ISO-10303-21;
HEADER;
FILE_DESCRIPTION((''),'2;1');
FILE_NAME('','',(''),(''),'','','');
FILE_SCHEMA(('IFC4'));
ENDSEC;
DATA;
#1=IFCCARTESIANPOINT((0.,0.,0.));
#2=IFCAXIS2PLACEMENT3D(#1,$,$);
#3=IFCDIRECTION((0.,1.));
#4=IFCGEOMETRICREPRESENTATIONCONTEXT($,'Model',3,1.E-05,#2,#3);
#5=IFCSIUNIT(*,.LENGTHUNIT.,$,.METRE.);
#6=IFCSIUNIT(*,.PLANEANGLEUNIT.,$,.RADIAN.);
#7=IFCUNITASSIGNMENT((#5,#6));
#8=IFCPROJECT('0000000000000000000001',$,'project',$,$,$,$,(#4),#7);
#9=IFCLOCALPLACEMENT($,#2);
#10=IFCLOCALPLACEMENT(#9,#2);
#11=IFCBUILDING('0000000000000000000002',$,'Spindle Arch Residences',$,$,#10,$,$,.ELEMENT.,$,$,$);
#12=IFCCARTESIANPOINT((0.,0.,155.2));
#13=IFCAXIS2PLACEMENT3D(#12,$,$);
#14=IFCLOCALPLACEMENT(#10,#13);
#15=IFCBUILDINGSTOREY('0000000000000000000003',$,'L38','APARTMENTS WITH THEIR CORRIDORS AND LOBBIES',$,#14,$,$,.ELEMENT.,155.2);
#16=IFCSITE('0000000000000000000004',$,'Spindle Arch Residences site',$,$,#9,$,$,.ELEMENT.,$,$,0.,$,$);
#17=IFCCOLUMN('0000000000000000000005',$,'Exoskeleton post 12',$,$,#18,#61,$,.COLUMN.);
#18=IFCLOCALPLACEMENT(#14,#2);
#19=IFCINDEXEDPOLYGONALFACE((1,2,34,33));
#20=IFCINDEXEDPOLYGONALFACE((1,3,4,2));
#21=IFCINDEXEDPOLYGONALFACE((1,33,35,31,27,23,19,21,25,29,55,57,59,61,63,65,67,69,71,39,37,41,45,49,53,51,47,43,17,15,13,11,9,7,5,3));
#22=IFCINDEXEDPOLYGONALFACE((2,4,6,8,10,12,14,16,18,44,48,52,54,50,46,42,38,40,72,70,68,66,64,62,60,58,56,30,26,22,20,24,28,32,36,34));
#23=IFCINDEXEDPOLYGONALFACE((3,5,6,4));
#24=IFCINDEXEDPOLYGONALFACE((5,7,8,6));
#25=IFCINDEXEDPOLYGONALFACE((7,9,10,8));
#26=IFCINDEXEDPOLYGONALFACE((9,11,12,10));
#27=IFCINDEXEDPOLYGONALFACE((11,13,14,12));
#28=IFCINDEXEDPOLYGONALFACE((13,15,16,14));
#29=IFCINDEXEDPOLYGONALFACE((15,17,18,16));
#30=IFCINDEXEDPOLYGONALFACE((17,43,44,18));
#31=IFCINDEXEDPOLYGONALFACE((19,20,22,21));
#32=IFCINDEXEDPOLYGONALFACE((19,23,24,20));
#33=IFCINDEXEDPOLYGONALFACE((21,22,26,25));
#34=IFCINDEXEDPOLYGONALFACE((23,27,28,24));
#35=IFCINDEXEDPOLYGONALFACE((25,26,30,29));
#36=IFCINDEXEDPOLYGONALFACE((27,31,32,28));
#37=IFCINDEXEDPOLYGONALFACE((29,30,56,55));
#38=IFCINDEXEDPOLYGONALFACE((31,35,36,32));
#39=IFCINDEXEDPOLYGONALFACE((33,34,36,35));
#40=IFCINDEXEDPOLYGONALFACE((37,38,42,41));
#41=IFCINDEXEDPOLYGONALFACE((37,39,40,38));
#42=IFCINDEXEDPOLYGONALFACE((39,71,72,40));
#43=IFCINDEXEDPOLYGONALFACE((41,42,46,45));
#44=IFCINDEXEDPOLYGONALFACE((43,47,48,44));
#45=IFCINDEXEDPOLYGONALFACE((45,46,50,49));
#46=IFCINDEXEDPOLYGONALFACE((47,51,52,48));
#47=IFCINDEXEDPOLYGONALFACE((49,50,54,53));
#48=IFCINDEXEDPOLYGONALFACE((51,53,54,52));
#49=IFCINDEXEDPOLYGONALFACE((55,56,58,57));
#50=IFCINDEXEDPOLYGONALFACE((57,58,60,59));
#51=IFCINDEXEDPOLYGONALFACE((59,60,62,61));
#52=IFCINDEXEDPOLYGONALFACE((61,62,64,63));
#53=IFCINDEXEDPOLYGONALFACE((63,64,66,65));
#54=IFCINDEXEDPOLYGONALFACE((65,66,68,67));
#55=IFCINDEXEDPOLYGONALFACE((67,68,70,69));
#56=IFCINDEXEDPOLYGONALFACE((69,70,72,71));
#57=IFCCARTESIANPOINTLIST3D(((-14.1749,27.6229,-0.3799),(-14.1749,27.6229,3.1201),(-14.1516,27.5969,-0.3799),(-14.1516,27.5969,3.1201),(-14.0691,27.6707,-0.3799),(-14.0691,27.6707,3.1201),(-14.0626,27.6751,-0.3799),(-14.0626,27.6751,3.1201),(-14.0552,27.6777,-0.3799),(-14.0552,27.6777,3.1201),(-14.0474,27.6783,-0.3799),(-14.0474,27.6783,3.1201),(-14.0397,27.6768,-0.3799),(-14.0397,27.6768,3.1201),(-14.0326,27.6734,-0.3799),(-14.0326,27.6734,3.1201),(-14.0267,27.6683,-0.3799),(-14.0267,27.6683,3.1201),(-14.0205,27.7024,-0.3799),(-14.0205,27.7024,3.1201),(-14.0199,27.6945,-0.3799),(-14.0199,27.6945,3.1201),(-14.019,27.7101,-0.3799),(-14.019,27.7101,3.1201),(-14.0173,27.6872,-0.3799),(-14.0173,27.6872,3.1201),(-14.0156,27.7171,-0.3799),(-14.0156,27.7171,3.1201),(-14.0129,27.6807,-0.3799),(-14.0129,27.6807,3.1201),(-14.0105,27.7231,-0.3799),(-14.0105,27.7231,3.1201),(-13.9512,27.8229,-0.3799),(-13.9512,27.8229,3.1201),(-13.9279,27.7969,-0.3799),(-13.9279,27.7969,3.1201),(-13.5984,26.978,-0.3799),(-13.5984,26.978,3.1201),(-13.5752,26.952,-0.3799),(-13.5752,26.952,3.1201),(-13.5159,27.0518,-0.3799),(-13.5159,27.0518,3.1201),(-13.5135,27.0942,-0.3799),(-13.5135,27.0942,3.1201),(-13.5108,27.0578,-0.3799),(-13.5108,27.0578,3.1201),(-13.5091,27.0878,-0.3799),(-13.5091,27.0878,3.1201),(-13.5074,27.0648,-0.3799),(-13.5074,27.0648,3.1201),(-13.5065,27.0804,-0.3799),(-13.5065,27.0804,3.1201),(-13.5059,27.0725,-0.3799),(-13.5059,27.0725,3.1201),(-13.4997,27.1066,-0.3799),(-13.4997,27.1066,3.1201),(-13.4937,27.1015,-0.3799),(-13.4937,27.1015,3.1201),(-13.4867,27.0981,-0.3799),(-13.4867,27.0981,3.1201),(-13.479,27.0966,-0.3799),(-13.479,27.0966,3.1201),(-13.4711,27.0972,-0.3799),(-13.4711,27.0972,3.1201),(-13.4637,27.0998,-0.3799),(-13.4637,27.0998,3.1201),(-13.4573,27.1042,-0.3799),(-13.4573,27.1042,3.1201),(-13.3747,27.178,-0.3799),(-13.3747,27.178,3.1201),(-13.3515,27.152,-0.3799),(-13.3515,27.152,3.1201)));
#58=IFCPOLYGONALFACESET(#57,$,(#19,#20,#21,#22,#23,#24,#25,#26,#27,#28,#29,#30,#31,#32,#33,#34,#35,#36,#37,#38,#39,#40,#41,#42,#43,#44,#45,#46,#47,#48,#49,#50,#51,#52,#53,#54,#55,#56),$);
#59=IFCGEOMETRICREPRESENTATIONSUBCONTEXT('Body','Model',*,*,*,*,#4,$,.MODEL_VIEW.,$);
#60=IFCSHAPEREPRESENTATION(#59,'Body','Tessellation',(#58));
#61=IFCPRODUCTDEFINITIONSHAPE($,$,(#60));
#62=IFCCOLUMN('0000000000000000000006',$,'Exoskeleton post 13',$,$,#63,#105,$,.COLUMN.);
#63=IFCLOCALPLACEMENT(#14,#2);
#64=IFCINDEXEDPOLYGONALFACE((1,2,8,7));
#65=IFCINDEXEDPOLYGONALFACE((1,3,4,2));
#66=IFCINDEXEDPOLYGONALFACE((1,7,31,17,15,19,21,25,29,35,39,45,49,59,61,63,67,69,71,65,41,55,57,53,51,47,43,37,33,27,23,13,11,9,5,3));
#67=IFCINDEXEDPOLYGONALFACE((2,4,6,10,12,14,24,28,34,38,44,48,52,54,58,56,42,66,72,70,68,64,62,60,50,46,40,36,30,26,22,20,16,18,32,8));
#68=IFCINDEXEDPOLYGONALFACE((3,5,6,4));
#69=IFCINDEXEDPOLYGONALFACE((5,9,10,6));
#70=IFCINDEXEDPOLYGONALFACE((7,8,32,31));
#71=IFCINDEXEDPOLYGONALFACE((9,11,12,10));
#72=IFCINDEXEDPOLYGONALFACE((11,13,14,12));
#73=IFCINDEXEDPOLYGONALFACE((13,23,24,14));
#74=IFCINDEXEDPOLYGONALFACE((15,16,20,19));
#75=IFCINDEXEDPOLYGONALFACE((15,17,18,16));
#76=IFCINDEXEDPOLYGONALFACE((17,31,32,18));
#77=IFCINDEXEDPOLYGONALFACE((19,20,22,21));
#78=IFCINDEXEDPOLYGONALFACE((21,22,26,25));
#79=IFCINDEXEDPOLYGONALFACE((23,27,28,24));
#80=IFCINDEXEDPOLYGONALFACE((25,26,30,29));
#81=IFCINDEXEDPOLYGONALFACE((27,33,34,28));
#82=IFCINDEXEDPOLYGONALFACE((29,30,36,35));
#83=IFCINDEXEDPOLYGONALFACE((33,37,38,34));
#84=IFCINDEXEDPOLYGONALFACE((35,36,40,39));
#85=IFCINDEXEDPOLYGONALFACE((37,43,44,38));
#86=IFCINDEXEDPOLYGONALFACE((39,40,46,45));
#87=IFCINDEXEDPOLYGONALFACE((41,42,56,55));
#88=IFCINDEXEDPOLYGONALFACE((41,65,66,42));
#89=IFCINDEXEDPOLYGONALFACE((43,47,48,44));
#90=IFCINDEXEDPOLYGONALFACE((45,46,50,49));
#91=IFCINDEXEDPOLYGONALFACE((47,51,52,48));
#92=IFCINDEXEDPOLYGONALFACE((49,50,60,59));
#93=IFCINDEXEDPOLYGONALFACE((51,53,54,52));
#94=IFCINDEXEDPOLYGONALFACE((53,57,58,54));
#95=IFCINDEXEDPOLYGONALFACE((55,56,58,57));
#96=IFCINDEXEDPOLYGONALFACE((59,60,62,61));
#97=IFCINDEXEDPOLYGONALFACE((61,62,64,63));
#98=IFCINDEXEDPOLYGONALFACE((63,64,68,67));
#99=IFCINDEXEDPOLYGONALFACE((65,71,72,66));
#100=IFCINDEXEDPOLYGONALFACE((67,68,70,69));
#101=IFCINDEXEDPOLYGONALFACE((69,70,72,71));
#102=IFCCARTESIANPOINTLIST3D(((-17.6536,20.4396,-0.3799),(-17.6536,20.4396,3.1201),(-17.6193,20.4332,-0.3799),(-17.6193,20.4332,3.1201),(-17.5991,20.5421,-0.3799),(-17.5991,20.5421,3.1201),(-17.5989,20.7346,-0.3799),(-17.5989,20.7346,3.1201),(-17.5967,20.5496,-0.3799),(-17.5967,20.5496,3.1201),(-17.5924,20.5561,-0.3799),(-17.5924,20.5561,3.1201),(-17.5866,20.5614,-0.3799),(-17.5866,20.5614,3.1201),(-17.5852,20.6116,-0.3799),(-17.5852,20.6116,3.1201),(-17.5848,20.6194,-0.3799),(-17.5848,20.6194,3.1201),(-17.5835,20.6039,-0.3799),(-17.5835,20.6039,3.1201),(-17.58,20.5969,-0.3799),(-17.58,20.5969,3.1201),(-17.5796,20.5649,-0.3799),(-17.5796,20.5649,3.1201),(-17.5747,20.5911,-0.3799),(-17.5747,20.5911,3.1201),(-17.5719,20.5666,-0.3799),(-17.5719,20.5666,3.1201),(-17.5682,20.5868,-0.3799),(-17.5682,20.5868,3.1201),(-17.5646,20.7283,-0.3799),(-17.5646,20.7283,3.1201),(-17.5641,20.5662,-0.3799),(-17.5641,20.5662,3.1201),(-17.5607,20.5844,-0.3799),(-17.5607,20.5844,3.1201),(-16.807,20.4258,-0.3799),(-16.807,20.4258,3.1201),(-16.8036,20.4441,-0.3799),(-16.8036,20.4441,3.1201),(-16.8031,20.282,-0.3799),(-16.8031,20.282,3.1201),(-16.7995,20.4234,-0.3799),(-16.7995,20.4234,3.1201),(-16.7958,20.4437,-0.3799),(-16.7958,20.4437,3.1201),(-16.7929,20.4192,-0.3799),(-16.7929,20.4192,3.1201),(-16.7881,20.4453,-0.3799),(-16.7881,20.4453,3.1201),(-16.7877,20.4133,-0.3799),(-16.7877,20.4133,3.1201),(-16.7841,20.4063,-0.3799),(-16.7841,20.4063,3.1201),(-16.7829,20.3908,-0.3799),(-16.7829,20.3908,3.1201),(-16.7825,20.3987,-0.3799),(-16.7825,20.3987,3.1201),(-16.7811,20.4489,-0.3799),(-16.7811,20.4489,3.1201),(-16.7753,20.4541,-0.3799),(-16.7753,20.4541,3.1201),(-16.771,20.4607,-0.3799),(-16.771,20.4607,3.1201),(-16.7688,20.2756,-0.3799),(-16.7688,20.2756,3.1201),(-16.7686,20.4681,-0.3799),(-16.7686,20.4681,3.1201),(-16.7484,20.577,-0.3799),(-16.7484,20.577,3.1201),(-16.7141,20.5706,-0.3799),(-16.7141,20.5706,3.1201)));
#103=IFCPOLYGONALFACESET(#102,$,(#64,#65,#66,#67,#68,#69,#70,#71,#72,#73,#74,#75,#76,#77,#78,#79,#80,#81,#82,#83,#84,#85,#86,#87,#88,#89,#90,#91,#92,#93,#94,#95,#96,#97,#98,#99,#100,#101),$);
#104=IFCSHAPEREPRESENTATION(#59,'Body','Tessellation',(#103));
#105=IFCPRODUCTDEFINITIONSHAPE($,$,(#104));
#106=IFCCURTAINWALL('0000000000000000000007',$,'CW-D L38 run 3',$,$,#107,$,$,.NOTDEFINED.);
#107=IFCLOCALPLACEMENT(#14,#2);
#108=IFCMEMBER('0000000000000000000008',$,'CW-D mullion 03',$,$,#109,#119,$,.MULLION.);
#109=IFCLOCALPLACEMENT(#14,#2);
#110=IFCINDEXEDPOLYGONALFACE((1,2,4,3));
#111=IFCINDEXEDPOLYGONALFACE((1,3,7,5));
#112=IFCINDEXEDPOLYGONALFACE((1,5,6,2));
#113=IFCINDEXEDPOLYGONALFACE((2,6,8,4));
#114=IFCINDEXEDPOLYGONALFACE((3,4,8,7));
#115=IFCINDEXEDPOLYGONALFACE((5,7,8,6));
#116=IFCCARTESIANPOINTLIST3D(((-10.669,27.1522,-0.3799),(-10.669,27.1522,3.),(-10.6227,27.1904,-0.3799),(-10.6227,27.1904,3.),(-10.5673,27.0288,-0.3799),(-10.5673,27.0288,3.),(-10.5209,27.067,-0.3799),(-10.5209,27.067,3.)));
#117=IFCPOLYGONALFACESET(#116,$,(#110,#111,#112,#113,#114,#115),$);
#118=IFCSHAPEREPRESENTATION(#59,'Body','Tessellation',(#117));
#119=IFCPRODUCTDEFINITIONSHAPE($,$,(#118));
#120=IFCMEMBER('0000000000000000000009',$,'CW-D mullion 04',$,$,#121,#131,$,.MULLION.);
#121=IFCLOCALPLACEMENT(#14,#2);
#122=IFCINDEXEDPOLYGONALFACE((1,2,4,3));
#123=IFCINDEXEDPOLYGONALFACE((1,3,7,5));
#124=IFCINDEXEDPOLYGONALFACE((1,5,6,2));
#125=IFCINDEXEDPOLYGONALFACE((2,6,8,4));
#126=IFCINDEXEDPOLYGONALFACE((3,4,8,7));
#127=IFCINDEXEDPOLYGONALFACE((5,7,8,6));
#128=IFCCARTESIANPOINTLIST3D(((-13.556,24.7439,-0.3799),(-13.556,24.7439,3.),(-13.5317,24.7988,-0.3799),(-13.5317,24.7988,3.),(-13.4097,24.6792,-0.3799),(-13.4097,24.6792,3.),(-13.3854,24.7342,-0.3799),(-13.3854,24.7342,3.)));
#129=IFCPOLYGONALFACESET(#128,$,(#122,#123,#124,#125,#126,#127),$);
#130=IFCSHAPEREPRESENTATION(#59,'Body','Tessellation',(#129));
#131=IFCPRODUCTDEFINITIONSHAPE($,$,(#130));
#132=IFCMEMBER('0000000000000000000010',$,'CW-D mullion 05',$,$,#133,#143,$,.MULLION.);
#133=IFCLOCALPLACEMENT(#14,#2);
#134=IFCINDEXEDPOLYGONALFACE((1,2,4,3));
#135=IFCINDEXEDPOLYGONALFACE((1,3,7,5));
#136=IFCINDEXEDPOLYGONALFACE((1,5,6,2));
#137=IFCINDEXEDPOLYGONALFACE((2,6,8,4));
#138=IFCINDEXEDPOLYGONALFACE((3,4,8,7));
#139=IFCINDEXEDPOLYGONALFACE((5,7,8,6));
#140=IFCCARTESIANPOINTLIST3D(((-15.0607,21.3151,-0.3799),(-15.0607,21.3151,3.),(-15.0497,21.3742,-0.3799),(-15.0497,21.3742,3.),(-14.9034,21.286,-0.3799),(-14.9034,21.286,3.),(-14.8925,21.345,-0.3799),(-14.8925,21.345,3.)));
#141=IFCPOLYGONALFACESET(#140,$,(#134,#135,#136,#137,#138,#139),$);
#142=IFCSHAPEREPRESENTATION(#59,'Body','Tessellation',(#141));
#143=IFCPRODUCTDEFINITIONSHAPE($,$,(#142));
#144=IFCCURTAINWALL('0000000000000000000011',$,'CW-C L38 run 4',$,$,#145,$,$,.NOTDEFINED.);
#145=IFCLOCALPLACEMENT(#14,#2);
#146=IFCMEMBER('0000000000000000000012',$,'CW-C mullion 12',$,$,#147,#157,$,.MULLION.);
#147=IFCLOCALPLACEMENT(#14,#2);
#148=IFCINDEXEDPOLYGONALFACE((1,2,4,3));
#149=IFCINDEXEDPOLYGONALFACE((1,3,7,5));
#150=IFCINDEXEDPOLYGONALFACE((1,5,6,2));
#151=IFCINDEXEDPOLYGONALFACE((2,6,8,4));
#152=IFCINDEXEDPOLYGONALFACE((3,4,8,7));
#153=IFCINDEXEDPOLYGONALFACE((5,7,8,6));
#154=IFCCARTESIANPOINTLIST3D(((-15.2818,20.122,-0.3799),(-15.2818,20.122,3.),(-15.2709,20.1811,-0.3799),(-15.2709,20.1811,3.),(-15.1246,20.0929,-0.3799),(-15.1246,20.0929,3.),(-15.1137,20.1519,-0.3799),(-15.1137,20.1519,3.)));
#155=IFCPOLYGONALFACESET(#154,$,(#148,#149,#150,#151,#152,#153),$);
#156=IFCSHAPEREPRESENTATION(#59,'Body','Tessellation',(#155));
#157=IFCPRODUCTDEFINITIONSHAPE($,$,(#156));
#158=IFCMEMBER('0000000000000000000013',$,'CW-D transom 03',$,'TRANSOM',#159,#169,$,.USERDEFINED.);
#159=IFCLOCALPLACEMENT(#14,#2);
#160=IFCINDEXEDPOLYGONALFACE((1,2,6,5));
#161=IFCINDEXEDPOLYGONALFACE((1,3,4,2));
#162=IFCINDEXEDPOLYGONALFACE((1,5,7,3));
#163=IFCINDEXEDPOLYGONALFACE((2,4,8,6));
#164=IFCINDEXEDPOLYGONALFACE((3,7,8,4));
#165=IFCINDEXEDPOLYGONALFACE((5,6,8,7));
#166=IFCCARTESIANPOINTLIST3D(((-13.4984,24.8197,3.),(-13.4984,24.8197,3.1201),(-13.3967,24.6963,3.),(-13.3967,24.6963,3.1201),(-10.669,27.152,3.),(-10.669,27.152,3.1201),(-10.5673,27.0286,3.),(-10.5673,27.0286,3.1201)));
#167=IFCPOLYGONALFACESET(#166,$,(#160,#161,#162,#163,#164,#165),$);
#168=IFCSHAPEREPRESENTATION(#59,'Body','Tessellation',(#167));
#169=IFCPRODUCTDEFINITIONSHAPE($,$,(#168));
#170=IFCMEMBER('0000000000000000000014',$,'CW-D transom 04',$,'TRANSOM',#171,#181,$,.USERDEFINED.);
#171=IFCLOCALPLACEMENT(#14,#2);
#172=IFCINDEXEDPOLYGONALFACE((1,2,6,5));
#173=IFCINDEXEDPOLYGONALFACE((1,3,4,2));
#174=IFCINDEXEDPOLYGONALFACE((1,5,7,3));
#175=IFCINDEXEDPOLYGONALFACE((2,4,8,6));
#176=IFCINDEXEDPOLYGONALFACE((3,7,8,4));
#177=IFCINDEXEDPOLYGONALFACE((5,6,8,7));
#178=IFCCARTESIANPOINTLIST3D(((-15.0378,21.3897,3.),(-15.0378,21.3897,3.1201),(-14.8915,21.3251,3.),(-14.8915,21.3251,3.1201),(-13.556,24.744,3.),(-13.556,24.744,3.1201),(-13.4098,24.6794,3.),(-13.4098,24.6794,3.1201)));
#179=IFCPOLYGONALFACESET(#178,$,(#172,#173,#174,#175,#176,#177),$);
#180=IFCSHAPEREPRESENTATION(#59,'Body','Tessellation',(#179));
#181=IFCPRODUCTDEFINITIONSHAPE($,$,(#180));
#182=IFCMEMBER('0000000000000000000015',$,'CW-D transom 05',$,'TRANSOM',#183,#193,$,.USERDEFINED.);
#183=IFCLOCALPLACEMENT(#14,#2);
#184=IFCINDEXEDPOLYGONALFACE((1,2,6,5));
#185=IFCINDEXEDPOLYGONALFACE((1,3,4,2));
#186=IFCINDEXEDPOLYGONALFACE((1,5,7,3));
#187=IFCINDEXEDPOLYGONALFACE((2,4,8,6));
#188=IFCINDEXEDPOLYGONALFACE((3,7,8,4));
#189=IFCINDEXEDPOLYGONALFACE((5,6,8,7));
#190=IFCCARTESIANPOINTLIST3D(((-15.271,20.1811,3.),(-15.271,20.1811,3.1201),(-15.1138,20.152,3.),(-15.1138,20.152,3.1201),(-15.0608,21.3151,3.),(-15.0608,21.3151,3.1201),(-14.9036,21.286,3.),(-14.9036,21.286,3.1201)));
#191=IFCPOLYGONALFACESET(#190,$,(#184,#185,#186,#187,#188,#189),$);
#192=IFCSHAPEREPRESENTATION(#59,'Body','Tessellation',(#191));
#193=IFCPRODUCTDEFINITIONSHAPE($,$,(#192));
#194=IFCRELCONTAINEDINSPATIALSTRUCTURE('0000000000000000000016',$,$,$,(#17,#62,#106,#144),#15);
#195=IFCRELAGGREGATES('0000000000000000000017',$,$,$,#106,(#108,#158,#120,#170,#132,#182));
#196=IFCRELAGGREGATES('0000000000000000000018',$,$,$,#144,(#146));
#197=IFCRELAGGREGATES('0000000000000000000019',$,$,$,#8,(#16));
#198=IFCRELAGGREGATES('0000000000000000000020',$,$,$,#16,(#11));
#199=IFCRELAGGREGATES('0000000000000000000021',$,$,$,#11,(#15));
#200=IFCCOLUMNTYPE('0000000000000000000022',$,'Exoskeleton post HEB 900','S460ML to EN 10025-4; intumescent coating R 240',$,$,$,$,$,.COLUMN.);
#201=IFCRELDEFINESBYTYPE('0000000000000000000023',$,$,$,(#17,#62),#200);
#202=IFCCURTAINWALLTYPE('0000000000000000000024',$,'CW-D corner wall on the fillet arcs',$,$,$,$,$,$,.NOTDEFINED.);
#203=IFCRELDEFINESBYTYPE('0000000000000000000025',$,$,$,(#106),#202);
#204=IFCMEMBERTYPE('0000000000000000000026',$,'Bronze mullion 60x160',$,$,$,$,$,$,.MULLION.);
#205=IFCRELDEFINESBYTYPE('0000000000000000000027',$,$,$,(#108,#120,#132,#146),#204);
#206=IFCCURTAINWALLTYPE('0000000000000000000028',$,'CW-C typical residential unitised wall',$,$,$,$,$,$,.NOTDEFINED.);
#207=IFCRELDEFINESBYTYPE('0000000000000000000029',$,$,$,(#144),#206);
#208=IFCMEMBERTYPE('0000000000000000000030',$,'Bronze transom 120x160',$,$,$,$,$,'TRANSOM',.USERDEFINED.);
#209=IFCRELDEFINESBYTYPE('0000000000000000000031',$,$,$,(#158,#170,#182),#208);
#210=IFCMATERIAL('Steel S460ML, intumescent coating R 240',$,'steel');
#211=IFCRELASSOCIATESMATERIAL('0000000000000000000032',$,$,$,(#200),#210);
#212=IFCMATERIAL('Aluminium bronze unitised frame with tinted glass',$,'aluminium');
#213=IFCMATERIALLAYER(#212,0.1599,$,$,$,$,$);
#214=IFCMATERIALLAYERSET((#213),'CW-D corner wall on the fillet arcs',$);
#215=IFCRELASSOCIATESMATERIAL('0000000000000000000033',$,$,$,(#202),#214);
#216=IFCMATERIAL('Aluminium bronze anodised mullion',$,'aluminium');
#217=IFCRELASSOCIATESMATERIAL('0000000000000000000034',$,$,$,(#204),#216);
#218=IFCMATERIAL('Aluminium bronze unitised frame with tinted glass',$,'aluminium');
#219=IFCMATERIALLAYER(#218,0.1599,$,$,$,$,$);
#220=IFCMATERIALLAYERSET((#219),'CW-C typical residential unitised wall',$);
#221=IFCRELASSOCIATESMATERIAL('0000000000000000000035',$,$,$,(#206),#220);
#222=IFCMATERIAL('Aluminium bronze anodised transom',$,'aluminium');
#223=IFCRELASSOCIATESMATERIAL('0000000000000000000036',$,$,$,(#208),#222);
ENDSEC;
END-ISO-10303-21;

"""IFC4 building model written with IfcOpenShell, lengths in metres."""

from ifc_helpers import new_model, si_unit, direction, frame, origin, origin_2d, place, context, subcontext, project, spatial, rectangle, i_section, extrude, material, layer, layer_set, material_profile, profile_set, type_object, element, aggregate, save


model = new_model("IFC4")

# Units and contexts
model_context = context("Model", 3, precision=1e-05, world=origin(), true_north=direction((0.0, 1.0)))
body_context = subcontext(model_context, "Body", "Model", "MODEL_VIEW")
ifc_project = project(units=[si_unit("LENGTHUNIT", "METRE"), si_unit("PLANEANGLEUNIT", "RADIAN")], contexts=[model_context])

# Site, building, storey
site_placement = place(None, origin())
site = spatial("IfcSite", under=ifc_project, at=site_placement, Name="Spindle Arch Residences site", CompositionType="ELEMENT", RefElevation=0.0)
building_placement = place(site_placement, origin())
building = spatial("IfcBuilding", under=site, at=building_placement, Name="Spindle Arch Residences", CompositionType="ELEMENT")
storey_placement = place(building_placement, frame((0.0, 0.0, 155.2)))
storey = spatial("IfcBuildingStorey", under=building, at=storey_placement, Name="L38", Description="APARTMENTS WITH THEIR CORRIDORS AND LOBBIES", CompositionType="ELEMENT", Elevation=155.2)

# Columns
ifc_material_1 = material(Name="Steel S460ML, intumescent coating R 240", Category="steel")
ifc_material_profile_1 = material_profile(ifc_material_1, i_section(OverallWidth=0.3, OverallDepth=0.8999, WebThickness=0.0186, FlangeThickness=0.0349, FilletRadius=0.03, at=origin_2d()), Name="HEB 900")
ifc_profile_set_1 = profile_set([ifc_material_profile_1], Name="Steel S460ML, intumescent coating R 240")
column_type = type_object("IfcColumnType", Name="Exoskeleton post HEB 900", Description="S460ML to EN 10025-4; intumescent coating R 240", PredefinedType="COLUMN", material=ifc_profile_set_1)
for number, where, z_axis, x_axis, name in (
    (1, (-13.7632, 27.3875, -0.3799), (0.0, 0.0, 1.0), (0.74554, 0.666461, 0.0), "Exoskeleton post 12"),
    (2, (-17.1838, 20.5051, -0.3799), (0.0, 0.0, 1.0), (0.182236, 0.983255, 0.0), "Exoskeleton post 13"),
):
    element("IfcColumn", number, at=place(storey_placement, frame(where, z_axis=z_axis, x_axis=x_axis)), inside=storey, type_object=column_type, Name=name, PredefinedType="COLUMN", context=body_context, shape_type="SweptSolid", body=[
        extrude(i_section(OverallWidth=0.3, OverallDepth=0.8999, WebThickness=0.0186, FlangeThickness=0.0349, FilletRadius=0.03, at=origin_2d()), origin(), (0.0, 0.0, 1.0), 3.5),
    ])

# Curtain wall, members
ifc_material_2 = material(Name="Aluminium bronze unitised frame with tinted glass", Category="aluminium")
ifc_layer_1 = layer(ifc_material_2, 0.1599)
ifc_layer_set_1 = layer_set([ifc_layer_1], Name="CW-D corner wall on the fillet arcs")
curtain_wall_type_1 = type_object("IfcCurtainWallType", Name="CW-D corner wall on the fillet arcs", PredefinedType="NOTDEFINED", material=ifc_layer_set_1)
curtain_wall_1_placement = place(storey_placement, origin())
curtain_wall_1 = element("IfcCurtainWall", 3, at=curtain_wall_1_placement, inside=storey, type_object=curtain_wall_type_1, Name="CW-D L38 run 3", PredefinedType="NOTDEFINED")
ifc_material_3 = material(Name="Aluminium bronze anodised mullion", Category="aluminium")
ifc_material_profile_2 = material_profile(ifc_material_3, rectangle(XDim=0.1599, YDim=0.0601, at=origin_2d()), Name="MU 60x160")
ifc_profile_set_2 = profile_set([ifc_material_profile_2], Name="Aluminium bronze anodised mullion")
member_type_1 = type_object("IfcMemberType", Name="Bronze mullion 60x160", PredefinedType="MULLION", material=ifc_profile_set_2)
member_1_placement = place(storey_placement, frame((-10.595, 27.1096, -0.3799), z_axis=(0.0, 0.0, 1.0), x_axis=(0.636078, -0.771625, 0.0)))
member_1 = element("IfcMember", 4, at=member_1_placement, type_object=member_type_1, Name="CW-D mullion 03", PredefinedType="MULLION", context=body_context, shape_type="SweptSolid", body=[
    extrude(rectangle(XDim=0.1599, YDim=0.0601, at=origin_2d()), origin(), (0.0, 0.0, 1.0), 3.3799),
])
member_2_placement = place(storey_placement, frame((-13.4707, 24.739, -0.3799), z_axis=(0.0, 0.0, 1.0), x_axis=(0.914725, -0.404078, 0.0)))
member_2 = element("IfcMember", 5, at=member_2_placement, type_object=member_type_1, Name="CW-D mullion 04", PredefinedType="MULLION", context=body_context, shape_type="SweptSolid", body=[
    extrude(rectangle(XDim=0.1599, YDim=0.0601, at=origin_2d()), origin(), (0.0, 0.0, 1.0), 3.3799),
])
member_3_placement = place(storey_placement, frame((-14.9766, 21.3301, -0.3799), z_axis=(0.0, 0.0, 1.0), x_axis=(0.983255, -0.182236, 0.0)))
member_3 = element("IfcMember", 6, at=member_3_placement, type_object=member_type_1, Name="CW-D mullion 05", PredefinedType="MULLION", context=body_context, shape_type="SweptSolid", body=[
    extrude(rectangle(XDim=0.1599, YDim=0.0601, at=origin_2d()), origin(), (0.0, 0.0, 1.0), 3.3799),
])

# Curtain wall, member
ifc_material_4 = material(Name="Aluminium bronze unitised frame with tinted glass", Category="aluminium")
ifc_layer_2 = layer(ifc_material_4, 0.1599)
ifc_layer_set_2 = layer_set([ifc_layer_2], Name="CW-C typical residential unitised wall")
curtain_wall_type_2 = type_object("IfcCurtainWallType", Name="CW-C typical residential unitised wall", PredefinedType="NOTDEFINED", material=ifc_layer_set_2)
curtain_wall_2_placement = place(storey_placement, origin())
curtain_wall_2 = element("IfcCurtainWall", 7, at=curtain_wall_2_placement, inside=storey, type_object=curtain_wall_type_2, Name="CW-C L38 run 4", PredefinedType="NOTDEFINED")
member_4_placement = place(storey_placement, frame((-15.1978, 20.137, -0.3799), z_axis=(0.0, 0.0, 1.0), x_axis=(0.983255, -0.182236, 0.0)))
member_4 = element("IfcMember", 8, at=member_4_placement, type_object=member_type_1, Name="CW-C mullion 12", PredefinedType="MULLION", context=body_context, shape_type="SweptSolid", body=[
    extrude(rectangle(XDim=0.1599, YDim=0.0601, at=origin_2d()), origin(), (0.0, 0.0, 1.0), 3.3799),
])

# Members
ifc_material_5 = material(Name="Aluminium bronze anodised transom", Category="aluminium")
ifc_material_profile_3 = material_profile(ifc_material_5, rectangle(XDim=0.1599, YDim=0.1201, at=origin_2d()), Name="TR 120x160")
ifc_profile_set_3 = profile_set([ifc_material_profile_3], Name="Aluminium bronze anodised transom")
member_type_2 = type_object("IfcMemberType", Name="Bronze transom 120x160", ElementType="TRANSOM", PredefinedType="USERDEFINED", material=ifc_profile_set_3)
member_5_placement = place(storey_placement, frame((-10.6182, 27.0903, 3.0601), z_axis=(-0.771632, -0.636069, 0.0), x_axis=(0.636069, -0.771632, 0.0)))
member_5 = element("IfcMember", 9, at=member_5_placement, type_object=member_type_2, Name="CW-D transom 03", ObjectType="TRANSOM", PredefinedType="USERDEFINED", context=body_context, shape_type="SweptSolid", body=[
    extrude(rectangle(XDim=0.1599, YDim=0.1201, at=origin_2d()), origin(), (0.0, 0.0, 1.0), 3.6667),
])
member_6_placement = place(storey_placement, frame((-13.4829, 24.7117, 3.0601), z_axis=(-0.404068, -0.914729, 0.0), x_axis=(0.914729, -0.404068, 0.0)))
member_6 = element("IfcMember", 10, at=member_6_placement, type_object=member_type_2, Name="CW-D transom 04", ObjectType="TRANSOM", PredefinedType="USERDEFINED", context=body_context, shape_type="SweptSolid", body=[
    extrude(rectangle(XDim=0.1599, YDim=0.1201, at=origin_2d()), origin(), (0.0, 0.0, 1.0), 3.667),
])
member_7_placement = place(storey_placement, frame((-14.9822, 21.3005, 3.0601), z_axis=(-0.182256, -0.983251, 0.0), x_axis=(0.983251, -0.182256, 0.0)))
member_7 = element("IfcMember", 11, at=member_7_placement, type_object=member_type_2, Name="CW-D transom 05", ObjectType="TRANSOM", PredefinedType="USERDEFINED", context=body_context, shape_type="SweptSolid", body=[
    extrude(rectangle(XDim=0.1599, YDim=0.1201, at=origin_2d()), origin(), (0.0, 0.0, 1.0), 1.1533),
])

aggregate(curtain_wall_1, [member_1, member_5, member_2, member_6, member_3, member_7])
aggregate(curtain_wall_2, [member_4])

save(model, "model.ifc")
